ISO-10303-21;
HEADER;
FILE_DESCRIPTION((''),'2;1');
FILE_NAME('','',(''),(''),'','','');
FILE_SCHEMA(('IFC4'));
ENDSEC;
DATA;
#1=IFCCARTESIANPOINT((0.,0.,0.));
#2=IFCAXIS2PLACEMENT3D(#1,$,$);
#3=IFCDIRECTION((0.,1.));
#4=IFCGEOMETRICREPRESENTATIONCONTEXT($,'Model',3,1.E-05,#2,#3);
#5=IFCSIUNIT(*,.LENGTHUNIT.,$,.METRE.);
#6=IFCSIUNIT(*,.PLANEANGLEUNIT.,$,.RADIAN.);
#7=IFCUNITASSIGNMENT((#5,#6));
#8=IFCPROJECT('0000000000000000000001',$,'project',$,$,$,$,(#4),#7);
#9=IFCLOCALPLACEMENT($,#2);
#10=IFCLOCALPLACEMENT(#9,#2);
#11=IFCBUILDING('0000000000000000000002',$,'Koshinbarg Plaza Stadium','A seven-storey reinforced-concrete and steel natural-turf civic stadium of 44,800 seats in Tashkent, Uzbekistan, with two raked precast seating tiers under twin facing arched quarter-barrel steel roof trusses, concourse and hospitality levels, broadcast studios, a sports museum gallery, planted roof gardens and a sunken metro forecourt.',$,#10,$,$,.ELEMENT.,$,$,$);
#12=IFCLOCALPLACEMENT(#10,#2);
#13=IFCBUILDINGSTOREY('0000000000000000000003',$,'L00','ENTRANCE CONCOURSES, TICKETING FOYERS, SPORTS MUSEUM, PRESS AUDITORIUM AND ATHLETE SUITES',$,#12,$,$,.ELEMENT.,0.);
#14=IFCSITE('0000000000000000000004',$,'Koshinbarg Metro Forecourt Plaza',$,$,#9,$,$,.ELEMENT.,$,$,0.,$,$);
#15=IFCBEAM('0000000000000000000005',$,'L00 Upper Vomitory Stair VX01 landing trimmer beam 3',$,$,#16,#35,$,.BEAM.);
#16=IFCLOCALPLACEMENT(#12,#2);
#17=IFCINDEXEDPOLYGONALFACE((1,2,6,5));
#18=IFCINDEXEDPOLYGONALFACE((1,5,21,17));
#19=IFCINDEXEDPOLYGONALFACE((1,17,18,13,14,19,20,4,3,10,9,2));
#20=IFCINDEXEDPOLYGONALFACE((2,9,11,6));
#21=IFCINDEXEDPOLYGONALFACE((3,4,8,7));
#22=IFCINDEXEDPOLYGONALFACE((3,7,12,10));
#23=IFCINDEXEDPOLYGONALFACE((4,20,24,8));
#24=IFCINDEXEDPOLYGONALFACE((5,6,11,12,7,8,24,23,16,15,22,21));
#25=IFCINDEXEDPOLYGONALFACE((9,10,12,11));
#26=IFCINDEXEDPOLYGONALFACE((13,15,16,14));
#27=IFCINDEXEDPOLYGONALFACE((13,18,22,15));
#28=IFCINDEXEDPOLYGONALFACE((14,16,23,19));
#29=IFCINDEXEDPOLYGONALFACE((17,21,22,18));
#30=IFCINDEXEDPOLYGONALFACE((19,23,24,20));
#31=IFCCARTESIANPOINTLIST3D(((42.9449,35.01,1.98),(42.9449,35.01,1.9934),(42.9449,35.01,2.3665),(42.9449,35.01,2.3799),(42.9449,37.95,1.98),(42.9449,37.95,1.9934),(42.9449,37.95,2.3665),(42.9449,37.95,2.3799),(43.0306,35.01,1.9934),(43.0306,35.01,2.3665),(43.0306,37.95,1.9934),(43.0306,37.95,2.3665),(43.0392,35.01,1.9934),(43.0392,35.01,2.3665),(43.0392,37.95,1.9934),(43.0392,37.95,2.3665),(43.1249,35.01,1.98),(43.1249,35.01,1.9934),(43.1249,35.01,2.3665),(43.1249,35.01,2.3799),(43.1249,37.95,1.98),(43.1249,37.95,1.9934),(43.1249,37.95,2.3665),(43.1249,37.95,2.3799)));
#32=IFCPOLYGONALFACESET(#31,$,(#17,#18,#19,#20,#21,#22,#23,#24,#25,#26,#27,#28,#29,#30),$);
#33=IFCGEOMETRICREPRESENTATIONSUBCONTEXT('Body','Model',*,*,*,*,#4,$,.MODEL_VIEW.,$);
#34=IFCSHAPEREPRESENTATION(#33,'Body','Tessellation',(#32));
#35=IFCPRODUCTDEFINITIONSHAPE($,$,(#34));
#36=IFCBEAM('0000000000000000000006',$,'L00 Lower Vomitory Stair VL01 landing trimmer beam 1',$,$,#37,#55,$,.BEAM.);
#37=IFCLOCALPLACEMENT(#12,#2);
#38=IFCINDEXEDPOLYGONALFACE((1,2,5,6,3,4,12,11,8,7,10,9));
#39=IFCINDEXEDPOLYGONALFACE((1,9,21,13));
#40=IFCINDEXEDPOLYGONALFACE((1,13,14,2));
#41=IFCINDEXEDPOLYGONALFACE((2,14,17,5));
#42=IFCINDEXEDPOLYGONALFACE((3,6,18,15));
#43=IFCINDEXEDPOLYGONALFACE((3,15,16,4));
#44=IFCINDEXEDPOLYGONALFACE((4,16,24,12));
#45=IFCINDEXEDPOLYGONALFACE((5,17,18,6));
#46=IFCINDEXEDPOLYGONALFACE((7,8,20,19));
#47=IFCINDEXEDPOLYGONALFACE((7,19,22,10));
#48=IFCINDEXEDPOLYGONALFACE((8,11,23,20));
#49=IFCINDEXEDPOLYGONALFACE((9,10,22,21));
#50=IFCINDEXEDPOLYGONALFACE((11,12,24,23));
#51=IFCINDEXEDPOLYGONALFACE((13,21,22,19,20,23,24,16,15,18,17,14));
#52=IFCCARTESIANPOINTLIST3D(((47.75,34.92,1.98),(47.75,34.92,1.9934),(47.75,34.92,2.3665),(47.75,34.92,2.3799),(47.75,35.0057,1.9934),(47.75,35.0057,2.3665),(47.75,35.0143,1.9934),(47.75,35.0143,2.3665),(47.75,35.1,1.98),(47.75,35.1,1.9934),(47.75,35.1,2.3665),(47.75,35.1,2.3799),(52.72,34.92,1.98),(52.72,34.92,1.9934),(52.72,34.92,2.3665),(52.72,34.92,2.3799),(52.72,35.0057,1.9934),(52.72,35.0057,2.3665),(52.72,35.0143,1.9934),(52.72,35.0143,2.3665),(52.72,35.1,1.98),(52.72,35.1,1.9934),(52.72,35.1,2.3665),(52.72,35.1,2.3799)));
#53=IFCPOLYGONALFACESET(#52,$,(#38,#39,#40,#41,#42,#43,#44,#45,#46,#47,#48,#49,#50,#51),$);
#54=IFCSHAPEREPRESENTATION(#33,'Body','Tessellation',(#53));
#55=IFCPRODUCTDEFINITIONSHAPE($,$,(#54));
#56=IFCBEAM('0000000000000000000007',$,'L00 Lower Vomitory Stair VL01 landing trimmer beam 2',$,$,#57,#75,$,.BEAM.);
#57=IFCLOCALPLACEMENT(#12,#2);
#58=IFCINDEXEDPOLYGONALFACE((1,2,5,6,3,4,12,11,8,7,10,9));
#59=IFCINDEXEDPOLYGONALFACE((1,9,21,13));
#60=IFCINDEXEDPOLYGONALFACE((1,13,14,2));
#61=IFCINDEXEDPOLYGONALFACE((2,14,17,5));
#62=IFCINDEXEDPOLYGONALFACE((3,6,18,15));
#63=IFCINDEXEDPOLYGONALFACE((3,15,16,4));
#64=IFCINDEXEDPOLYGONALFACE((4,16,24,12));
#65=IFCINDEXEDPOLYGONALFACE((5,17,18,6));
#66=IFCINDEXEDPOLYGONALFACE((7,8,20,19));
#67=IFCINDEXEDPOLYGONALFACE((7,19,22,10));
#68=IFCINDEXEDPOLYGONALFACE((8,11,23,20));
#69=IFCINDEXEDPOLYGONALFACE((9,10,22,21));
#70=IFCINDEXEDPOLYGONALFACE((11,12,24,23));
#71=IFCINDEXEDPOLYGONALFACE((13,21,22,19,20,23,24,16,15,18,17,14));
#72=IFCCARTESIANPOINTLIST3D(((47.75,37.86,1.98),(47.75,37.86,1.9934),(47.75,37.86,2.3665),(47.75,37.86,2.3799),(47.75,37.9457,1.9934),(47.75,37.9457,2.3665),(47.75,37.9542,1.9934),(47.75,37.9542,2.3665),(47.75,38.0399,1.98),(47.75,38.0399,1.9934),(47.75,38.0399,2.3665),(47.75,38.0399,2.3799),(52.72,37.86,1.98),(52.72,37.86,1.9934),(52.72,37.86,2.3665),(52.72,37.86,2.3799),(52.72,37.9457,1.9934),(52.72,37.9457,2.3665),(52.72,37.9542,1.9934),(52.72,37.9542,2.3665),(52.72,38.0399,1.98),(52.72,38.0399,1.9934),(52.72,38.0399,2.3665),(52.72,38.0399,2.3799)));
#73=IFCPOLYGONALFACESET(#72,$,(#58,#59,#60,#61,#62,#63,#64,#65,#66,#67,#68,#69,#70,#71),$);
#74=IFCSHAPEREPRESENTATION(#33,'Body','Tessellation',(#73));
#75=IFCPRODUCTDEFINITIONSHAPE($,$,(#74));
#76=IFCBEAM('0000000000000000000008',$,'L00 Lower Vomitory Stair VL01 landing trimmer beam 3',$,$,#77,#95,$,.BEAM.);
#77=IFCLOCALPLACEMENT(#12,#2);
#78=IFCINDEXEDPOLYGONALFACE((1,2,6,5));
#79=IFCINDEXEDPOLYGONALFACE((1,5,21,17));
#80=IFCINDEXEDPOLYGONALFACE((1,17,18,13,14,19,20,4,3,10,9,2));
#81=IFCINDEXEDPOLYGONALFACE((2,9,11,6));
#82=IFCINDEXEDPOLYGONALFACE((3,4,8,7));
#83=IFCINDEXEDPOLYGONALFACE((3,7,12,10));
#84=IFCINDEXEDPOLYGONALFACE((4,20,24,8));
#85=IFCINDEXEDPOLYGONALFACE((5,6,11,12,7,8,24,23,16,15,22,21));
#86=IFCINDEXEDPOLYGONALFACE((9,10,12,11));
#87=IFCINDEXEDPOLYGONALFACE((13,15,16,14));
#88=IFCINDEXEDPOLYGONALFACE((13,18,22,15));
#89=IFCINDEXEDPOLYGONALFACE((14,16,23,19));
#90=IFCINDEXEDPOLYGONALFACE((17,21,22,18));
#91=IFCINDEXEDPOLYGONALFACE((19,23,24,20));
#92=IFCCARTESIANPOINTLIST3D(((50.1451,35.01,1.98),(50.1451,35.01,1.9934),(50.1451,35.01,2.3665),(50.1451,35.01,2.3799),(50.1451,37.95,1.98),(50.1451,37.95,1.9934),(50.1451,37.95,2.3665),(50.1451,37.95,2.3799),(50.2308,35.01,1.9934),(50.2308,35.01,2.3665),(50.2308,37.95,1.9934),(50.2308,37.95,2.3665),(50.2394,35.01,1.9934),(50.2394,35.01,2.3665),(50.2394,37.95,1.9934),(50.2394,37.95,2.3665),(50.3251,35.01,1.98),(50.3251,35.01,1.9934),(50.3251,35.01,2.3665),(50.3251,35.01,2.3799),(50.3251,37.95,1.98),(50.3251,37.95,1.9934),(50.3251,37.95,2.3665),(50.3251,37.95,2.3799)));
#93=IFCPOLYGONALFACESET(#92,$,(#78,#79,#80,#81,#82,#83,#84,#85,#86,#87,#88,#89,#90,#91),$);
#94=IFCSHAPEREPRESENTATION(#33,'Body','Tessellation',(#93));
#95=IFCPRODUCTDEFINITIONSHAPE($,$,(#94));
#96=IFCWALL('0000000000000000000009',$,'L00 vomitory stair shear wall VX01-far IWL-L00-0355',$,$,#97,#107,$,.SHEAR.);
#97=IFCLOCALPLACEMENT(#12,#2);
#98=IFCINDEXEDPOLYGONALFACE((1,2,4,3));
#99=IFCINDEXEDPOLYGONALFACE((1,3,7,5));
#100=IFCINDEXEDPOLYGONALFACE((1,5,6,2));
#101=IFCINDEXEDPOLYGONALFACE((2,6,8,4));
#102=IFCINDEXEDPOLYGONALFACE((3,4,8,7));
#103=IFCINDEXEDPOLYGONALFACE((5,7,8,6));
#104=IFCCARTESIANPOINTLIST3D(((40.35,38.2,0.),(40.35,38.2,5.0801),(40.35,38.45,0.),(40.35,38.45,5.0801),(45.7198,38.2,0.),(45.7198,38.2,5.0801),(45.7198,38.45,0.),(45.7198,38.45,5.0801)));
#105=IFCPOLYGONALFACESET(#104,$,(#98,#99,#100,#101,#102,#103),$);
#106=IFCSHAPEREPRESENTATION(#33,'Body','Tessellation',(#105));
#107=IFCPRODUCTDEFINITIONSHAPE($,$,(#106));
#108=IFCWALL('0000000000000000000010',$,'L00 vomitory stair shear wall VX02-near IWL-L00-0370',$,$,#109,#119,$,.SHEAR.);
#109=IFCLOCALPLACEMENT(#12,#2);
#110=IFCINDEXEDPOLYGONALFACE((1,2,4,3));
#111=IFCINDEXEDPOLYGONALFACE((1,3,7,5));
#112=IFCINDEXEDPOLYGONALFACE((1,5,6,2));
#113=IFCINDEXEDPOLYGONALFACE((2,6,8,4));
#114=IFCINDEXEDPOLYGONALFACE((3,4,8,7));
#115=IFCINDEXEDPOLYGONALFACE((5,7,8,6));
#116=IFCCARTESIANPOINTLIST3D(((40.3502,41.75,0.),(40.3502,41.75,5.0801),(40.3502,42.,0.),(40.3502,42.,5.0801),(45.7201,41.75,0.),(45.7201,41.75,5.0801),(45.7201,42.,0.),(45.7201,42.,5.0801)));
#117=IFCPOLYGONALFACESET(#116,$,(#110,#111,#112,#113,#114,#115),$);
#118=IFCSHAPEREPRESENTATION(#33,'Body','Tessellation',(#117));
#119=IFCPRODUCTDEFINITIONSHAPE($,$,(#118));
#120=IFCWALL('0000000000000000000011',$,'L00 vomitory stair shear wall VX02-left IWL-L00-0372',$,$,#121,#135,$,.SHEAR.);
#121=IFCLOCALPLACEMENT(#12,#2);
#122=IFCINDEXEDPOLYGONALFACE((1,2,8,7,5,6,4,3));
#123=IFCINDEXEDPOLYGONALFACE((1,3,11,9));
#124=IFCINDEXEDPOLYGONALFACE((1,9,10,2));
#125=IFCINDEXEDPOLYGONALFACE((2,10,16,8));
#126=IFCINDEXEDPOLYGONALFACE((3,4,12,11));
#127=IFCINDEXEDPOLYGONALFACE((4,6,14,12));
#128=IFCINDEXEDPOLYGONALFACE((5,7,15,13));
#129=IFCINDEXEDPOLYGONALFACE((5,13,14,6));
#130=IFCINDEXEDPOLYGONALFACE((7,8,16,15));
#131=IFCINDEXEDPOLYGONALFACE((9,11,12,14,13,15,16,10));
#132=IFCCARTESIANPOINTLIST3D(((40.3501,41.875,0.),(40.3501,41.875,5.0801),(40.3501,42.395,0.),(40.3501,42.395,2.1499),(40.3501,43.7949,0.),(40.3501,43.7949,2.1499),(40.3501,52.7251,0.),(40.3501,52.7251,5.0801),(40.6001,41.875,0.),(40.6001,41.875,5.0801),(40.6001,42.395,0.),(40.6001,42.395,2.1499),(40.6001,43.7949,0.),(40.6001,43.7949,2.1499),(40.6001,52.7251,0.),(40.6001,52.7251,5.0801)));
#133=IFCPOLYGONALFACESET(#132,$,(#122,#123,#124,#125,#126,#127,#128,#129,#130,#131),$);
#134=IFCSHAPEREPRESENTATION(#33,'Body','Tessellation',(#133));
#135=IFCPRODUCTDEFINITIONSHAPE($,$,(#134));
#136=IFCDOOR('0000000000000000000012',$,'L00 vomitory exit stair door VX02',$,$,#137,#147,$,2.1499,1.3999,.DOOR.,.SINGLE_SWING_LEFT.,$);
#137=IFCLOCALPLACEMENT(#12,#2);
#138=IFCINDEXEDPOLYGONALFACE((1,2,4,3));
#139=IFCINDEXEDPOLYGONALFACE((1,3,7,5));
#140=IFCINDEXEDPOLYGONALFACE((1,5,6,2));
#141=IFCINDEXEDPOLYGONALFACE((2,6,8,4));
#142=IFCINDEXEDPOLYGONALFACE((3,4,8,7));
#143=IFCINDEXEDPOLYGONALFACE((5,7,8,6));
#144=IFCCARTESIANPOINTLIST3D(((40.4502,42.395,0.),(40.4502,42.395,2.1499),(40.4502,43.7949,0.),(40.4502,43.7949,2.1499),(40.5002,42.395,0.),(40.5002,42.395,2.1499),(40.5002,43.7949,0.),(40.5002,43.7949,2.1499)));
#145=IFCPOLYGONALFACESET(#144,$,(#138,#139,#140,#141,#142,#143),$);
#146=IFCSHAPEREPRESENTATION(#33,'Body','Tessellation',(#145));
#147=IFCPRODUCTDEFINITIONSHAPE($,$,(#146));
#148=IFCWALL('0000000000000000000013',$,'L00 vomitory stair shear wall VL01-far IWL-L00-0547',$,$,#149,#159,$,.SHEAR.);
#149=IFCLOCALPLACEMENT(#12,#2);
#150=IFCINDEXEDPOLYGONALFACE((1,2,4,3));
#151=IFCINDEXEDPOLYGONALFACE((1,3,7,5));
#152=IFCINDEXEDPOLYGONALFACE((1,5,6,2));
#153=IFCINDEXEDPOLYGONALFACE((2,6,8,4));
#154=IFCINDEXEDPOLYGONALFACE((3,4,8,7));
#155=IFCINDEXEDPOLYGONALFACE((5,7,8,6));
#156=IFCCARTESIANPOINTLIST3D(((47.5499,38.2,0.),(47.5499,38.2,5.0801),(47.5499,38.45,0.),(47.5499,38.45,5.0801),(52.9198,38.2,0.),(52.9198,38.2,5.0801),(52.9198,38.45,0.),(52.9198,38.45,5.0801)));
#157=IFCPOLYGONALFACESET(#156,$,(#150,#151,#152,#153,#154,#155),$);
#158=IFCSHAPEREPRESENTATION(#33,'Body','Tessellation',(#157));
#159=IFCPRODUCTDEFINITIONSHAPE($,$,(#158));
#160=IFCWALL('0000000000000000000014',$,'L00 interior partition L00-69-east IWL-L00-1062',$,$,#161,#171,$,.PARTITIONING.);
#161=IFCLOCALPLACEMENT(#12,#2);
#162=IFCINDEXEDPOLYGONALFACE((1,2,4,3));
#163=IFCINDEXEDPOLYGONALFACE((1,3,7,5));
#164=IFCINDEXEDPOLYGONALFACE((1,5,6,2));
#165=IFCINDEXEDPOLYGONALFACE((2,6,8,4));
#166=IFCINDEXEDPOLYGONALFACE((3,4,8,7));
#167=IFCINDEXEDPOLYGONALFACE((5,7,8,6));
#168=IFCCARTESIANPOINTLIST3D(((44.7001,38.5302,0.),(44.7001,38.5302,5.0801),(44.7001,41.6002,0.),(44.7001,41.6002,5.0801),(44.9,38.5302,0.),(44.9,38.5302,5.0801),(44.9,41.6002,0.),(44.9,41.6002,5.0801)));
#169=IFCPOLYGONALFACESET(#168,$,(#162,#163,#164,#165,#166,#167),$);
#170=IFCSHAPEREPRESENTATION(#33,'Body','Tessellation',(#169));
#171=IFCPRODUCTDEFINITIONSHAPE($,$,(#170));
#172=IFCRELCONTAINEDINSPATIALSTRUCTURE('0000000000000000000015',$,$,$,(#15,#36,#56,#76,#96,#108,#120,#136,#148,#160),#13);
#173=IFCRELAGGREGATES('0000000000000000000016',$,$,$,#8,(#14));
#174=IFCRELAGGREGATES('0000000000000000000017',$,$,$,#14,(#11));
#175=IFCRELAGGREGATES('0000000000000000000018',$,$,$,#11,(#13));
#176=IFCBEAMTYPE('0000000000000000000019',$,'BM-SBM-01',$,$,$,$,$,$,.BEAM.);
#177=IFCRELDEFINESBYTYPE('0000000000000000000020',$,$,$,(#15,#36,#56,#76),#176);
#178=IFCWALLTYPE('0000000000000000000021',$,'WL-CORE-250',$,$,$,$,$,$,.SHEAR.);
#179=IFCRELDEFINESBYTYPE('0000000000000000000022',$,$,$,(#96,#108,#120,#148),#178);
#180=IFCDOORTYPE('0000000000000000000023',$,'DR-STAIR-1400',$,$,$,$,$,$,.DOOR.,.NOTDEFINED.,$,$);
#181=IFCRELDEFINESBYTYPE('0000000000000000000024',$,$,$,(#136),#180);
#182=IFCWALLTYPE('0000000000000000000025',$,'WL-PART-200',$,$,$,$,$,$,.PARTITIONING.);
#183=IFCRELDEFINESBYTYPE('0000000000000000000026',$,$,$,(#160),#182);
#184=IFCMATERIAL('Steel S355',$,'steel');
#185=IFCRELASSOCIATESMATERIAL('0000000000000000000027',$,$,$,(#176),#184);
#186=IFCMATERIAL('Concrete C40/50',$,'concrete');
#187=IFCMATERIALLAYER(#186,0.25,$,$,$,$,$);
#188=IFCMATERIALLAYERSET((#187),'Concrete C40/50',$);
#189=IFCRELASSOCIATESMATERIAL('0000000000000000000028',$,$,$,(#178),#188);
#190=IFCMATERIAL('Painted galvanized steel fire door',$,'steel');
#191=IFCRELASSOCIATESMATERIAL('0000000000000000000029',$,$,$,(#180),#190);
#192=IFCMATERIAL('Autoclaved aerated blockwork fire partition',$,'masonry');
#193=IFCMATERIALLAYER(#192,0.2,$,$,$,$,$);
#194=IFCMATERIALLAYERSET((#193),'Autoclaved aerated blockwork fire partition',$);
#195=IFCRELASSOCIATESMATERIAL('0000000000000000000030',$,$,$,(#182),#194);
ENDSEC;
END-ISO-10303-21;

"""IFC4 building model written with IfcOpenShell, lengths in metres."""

from ifc_helpers import new_model, si_unit, direction, frame, frame_2d, origin, origin_2d, place, context, subcontext, project, spatial, rectangle, i_section, extrude, material, layer, layer_set, material_profile, profile_set, type_object, element, fill, save


model = new_model("IFC4")

# Units and contexts
model_context = context("Model", 3, precision=1e-05, world=origin(), true_north=direction((0.0, 1.0)))
body_context = subcontext(model_context, "Body", "Model", "MODEL_VIEW")
ifc_project = project(units=[si_unit("LENGTHUNIT", "METRE"), si_unit("PLANEANGLEUNIT", "RADIAN")], contexts=[model_context])

# Site, building, storey
site_placement = place(None, origin())
site = spatial("IfcSite", under=ifc_project, at=site_placement, Name="Koshinbarg Metro Forecourt Plaza", CompositionType="ELEMENT", RefElevation=0.0)
building_placement = place(site_placement, origin())
building = spatial("IfcBuilding", under=site, at=building_placement, Name="Koshinbarg Plaza Stadium", Description="A seven-storey reinforced-concrete and steel natural-turf civic stadium of 44,800 seats in Tashkent, Uzbekistan, with two raked precast seating tiers under twin facing arched quarter-barrel steel roof trusses, concourse and hospitality levels, broadcast studios, a sports museum gallery, planted roof gardens and a sunken metro forecourt.", CompositionType="ELEMENT")
storey_placement = place(building_placement, origin())
storey = spatial("IfcBuildingStorey", under=building, at=storey_placement, Name="L00", Description="ENTRANCE CONCOURSES, TICKETING FOYERS, SPORTS MUSEUM, PRESS AUDITORIUM AND ATHLETE SUITES", CompositionType="ELEMENT", Elevation=0.0)

# Shared definitions
ifc_material_1 = material(Name="Concrete C40/50", Category="concrete")

# Beams
ifc_material_2 = material(Name="Steel S355", Category="steel")
ifc_material_profile_1 = material_profile(ifc_material_2, i_section(OverallWidth=0.1799, OverallDepth=0.3999, WebThickness=0.0085, FlangeThickness=0.0134, at=origin_2d()), Name="IPE 400")
ifc_profile_set_1 = profile_set([ifc_material_profile_1], Name="Steel S355")
beam_type = type_object("IfcBeamType", Name="BM-SBM-01", PredefinedType="BEAM", material=ifc_profile_set_1)
beam_1_placement = place(storey_placement, frame((43.0349, 35.01, 2.1799), z_axis=(0.0, 1.0, 0.0), x_axis=(-1.0, 0.0, 0.0)))
element("IfcBeam", 1, at=beam_1_placement, inside=storey, type_object=beam_type, Name="L00 Upper Vomitory Stair VX01 landing trimmer beam 3", PredefinedType="BEAM", context=body_context, shape_type="SweptSolid", body=[
    extrude(i_section(OverallWidth=0.1799, OverallDepth=0.3999, WebThickness=0.0085, FlangeThickness=0.0134, at=origin_2d()), origin(), (0.0, 0.0, 1.0), 2.9399),
])
for number, where, z_axis, x_axis, name in (
    (2, (47.75, 35.01, 2.1799), (1.0, 0.0, 0.0), (0.0, 1.0, 0.0), "L00 Lower Vomitory Stair VL01 landing trimmer beam 1"),
    (3, (47.75, 37.95, 2.1799), (1.0, 0.0, 0.0), (0.0, 1.0, 0.0), "L00 Lower Vomitory Stair VL01 landing trimmer beam 2"),
):
    element("IfcBeam", number, at=place(storey_placement, frame(where, z_axis=z_axis, x_axis=x_axis)), inside=storey, type_object=beam_type, Name=name, PredefinedType="BEAM", context=body_context, shape_type="SweptSolid", body=[
        extrude(i_section(OverallWidth=0.1799, OverallDepth=0.3999, WebThickness=0.0085, FlangeThickness=0.0134, at=origin_2d()), origin(), (0.0, 0.0, 1.0), 4.97),
    ])
beam_2_placement = place(storey_placement, frame((50.2351, 35.01, 2.1799), z_axis=(0.0, 1.0, 0.0), x_axis=(-1.0, 0.0, 0.0)))
element("IfcBeam", 4, at=beam_2_placement, inside=storey, type_object=beam_type, Name="L00 Lower Vomitory Stair VL01 landing trimmer beam 3", PredefinedType="BEAM", context=body_context, shape_type="SweptSolid", body=[
    extrude(i_section(OverallWidth=0.1799, OverallDepth=0.3999, WebThickness=0.0085, FlangeThickness=0.0134, at=origin_2d()), origin(), (0.0, 0.0, 1.0), 2.9399),
])

# Walls
ifc_layer_1 = layer(ifc_material_1, 0.25)
ifc_layer_set_1 = layer_set([ifc_layer_1], Name="Concrete C40/50")
wall_type_1 = type_object("IfcWallType", Name="WL-CORE-250", PredefinedType="SHEAR", material=ifc_layer_set_1)
for number, where, z_axis, x_axis, name in (
    (5, (45.72, 38.325, 0.0), (0.0, 0.0, 1.0), (-1.0, 0.0, 0.0), "L00 vomitory stair shear wall VX01-far IWL-L00-0355"),
    (6, (40.3501, 41.875, 0.0), (0.0, 0.0, 1.0), (1.0, 0.0, 0.0), "L00 vomitory stair shear wall VX02-near IWL-L00-0370"),
):
    element("IfcWall", number, at=place(storey_placement, frame(where, z_axis=z_axis, x_axis=x_axis)), inside=storey, type_object=wall_type_1, Name=name, PredefinedType="SHEAR", context=body_context, shape_type="SweptSolid", body=[
        extrude(rectangle(XDim=5.3699, YDim=0.25, at=frame_2d((2.6851, 0.0))), origin(), (0.0, 0.0, 1.0), 5.0801),
    ])

# Wall, opening, door
wall_1_placement = place(storey_placement, frame((40.4751, 41.875, 0.0), z_axis=(0.0, 0.0, 1.0), x_axis=(0.0, 1.0, 0.0)))
wall_1 = element("IfcWall", 7, at=wall_1_placement, inside=storey, type_object=wall_type_1, Name="L00 vomitory stair shear wall VX02-left IWL-L00-0372", PredefinedType="SHEAR", context=body_context, shape_type="SweptSolid", body=[
    extrude(rectangle(XDim=10.8501, YDim=0.25, at=frame_2d((5.425, 0.0))), origin(), (0.0, 0.0, 1.0), 5.0801),
])
opening_1_placement = place(wall_1_placement, frame((0.52, 0.0, 0.0)))
opening_1 = element("IfcOpeningElement", 8, at=opening_1_placement, cuts=wall_1, PredefinedType="OPENING", context=body_context, shape_type="SweptSolid", body=[
    extrude(rectangle(XDim=1.3999, YDim=2.1499, at=frame_2d((0.7, 1.075))), frame((0.0, 0.135, 0.0), z_axis=(0.0, -1.0, 0.0), x_axis=(1.0, 0.0, 0.0)), (0.0, 0.0, 1.0), 0.27),
])
ifc_material_3 = material(Name="Painted galvanized steel fire door", Category="steel")
door_type_1 = type_object("IfcDoorType", Name="DR-STAIR-1400", OperationType="NOTDEFINED", PredefinedType="DOOR", material=ifc_material_3)
door_1_placement = place(opening_1_placement, origin())
door_1 = element("IfcDoor", 9, at=door_1_placement, inside=storey, type_object=door_type_1, Name="L00 vomitory exit stair door VX02", OperationType="SINGLE_SWING_LEFT", OverallHeight=2.1499, OverallWidth=1.3999, PredefinedType="DOOR", context=body_context, shape_type="SweptSolid", body=[
    extrude(rectangle(XDim=1.3999, YDim=2.1499, at=frame_2d((0.7, 1.075))), frame((0.0, 0.0249, 0.0), z_axis=(0.0, -1.0, 0.0), x_axis=(1.0, 0.0, 0.0)), (0.0, 0.0, 1.0), 0.05),
])
fill(opening_1, door_1)

# Walls
wall_2_placement = place(storey_placement, frame((52.9199, 38.325, 0.0), z_axis=(0.0, 0.0, 1.0), x_axis=(-1.0, 0.0, 0.0)))
element("IfcWall", 10, at=wall_2_placement, inside=storey, type_object=wall_type_1, Name="L00 vomitory stair shear wall VL01-far IWL-L00-0547", PredefinedType="SHEAR", context=body_context, shape_type="SweptSolid", body=[
    extrude(rectangle(XDim=5.3699, YDim=0.25, at=frame_2d((2.6851, 0.0))), origin(), (0.0, 0.0, 1.0), 5.0801),
])
ifc_material_4 = material(Name="Autoclaved aerated blockwork fire partition", Category="masonry")
ifc_layer_2 = layer(ifc_material_4, 0.2)
ifc_layer_set_2 = layer_set([ifc_layer_2], Name="Autoclaved aerated blockwork fire partition")
wall_type_2 = type_object("IfcWallType", Name="WL-PART-200", PredefinedType="PARTITIONING", material=ifc_layer_set_2)
wall_3_placement = place(storey_placement, frame((44.8, 38.53, 0.0), z_axis=(0.0, 0.0, 1.0), x_axis=(0.0, 1.0, 0.0)))
element("IfcWall", 11, at=wall_3_placement, inside=storey, type_object=wall_type_2, Name="L00 interior partition L00-69-east IWL-L00-1062", PredefinedType="PARTITIONING", context=body_context, shape_type="SweptSolid", body=[
    extrude(rectangle(XDim=3.0701, YDim=0.2, at=frame_2d((1.5352, 0.0))), origin(), (0.0, 0.0, 1.0), 5.0801),
])

save(model, "model.ifc")
